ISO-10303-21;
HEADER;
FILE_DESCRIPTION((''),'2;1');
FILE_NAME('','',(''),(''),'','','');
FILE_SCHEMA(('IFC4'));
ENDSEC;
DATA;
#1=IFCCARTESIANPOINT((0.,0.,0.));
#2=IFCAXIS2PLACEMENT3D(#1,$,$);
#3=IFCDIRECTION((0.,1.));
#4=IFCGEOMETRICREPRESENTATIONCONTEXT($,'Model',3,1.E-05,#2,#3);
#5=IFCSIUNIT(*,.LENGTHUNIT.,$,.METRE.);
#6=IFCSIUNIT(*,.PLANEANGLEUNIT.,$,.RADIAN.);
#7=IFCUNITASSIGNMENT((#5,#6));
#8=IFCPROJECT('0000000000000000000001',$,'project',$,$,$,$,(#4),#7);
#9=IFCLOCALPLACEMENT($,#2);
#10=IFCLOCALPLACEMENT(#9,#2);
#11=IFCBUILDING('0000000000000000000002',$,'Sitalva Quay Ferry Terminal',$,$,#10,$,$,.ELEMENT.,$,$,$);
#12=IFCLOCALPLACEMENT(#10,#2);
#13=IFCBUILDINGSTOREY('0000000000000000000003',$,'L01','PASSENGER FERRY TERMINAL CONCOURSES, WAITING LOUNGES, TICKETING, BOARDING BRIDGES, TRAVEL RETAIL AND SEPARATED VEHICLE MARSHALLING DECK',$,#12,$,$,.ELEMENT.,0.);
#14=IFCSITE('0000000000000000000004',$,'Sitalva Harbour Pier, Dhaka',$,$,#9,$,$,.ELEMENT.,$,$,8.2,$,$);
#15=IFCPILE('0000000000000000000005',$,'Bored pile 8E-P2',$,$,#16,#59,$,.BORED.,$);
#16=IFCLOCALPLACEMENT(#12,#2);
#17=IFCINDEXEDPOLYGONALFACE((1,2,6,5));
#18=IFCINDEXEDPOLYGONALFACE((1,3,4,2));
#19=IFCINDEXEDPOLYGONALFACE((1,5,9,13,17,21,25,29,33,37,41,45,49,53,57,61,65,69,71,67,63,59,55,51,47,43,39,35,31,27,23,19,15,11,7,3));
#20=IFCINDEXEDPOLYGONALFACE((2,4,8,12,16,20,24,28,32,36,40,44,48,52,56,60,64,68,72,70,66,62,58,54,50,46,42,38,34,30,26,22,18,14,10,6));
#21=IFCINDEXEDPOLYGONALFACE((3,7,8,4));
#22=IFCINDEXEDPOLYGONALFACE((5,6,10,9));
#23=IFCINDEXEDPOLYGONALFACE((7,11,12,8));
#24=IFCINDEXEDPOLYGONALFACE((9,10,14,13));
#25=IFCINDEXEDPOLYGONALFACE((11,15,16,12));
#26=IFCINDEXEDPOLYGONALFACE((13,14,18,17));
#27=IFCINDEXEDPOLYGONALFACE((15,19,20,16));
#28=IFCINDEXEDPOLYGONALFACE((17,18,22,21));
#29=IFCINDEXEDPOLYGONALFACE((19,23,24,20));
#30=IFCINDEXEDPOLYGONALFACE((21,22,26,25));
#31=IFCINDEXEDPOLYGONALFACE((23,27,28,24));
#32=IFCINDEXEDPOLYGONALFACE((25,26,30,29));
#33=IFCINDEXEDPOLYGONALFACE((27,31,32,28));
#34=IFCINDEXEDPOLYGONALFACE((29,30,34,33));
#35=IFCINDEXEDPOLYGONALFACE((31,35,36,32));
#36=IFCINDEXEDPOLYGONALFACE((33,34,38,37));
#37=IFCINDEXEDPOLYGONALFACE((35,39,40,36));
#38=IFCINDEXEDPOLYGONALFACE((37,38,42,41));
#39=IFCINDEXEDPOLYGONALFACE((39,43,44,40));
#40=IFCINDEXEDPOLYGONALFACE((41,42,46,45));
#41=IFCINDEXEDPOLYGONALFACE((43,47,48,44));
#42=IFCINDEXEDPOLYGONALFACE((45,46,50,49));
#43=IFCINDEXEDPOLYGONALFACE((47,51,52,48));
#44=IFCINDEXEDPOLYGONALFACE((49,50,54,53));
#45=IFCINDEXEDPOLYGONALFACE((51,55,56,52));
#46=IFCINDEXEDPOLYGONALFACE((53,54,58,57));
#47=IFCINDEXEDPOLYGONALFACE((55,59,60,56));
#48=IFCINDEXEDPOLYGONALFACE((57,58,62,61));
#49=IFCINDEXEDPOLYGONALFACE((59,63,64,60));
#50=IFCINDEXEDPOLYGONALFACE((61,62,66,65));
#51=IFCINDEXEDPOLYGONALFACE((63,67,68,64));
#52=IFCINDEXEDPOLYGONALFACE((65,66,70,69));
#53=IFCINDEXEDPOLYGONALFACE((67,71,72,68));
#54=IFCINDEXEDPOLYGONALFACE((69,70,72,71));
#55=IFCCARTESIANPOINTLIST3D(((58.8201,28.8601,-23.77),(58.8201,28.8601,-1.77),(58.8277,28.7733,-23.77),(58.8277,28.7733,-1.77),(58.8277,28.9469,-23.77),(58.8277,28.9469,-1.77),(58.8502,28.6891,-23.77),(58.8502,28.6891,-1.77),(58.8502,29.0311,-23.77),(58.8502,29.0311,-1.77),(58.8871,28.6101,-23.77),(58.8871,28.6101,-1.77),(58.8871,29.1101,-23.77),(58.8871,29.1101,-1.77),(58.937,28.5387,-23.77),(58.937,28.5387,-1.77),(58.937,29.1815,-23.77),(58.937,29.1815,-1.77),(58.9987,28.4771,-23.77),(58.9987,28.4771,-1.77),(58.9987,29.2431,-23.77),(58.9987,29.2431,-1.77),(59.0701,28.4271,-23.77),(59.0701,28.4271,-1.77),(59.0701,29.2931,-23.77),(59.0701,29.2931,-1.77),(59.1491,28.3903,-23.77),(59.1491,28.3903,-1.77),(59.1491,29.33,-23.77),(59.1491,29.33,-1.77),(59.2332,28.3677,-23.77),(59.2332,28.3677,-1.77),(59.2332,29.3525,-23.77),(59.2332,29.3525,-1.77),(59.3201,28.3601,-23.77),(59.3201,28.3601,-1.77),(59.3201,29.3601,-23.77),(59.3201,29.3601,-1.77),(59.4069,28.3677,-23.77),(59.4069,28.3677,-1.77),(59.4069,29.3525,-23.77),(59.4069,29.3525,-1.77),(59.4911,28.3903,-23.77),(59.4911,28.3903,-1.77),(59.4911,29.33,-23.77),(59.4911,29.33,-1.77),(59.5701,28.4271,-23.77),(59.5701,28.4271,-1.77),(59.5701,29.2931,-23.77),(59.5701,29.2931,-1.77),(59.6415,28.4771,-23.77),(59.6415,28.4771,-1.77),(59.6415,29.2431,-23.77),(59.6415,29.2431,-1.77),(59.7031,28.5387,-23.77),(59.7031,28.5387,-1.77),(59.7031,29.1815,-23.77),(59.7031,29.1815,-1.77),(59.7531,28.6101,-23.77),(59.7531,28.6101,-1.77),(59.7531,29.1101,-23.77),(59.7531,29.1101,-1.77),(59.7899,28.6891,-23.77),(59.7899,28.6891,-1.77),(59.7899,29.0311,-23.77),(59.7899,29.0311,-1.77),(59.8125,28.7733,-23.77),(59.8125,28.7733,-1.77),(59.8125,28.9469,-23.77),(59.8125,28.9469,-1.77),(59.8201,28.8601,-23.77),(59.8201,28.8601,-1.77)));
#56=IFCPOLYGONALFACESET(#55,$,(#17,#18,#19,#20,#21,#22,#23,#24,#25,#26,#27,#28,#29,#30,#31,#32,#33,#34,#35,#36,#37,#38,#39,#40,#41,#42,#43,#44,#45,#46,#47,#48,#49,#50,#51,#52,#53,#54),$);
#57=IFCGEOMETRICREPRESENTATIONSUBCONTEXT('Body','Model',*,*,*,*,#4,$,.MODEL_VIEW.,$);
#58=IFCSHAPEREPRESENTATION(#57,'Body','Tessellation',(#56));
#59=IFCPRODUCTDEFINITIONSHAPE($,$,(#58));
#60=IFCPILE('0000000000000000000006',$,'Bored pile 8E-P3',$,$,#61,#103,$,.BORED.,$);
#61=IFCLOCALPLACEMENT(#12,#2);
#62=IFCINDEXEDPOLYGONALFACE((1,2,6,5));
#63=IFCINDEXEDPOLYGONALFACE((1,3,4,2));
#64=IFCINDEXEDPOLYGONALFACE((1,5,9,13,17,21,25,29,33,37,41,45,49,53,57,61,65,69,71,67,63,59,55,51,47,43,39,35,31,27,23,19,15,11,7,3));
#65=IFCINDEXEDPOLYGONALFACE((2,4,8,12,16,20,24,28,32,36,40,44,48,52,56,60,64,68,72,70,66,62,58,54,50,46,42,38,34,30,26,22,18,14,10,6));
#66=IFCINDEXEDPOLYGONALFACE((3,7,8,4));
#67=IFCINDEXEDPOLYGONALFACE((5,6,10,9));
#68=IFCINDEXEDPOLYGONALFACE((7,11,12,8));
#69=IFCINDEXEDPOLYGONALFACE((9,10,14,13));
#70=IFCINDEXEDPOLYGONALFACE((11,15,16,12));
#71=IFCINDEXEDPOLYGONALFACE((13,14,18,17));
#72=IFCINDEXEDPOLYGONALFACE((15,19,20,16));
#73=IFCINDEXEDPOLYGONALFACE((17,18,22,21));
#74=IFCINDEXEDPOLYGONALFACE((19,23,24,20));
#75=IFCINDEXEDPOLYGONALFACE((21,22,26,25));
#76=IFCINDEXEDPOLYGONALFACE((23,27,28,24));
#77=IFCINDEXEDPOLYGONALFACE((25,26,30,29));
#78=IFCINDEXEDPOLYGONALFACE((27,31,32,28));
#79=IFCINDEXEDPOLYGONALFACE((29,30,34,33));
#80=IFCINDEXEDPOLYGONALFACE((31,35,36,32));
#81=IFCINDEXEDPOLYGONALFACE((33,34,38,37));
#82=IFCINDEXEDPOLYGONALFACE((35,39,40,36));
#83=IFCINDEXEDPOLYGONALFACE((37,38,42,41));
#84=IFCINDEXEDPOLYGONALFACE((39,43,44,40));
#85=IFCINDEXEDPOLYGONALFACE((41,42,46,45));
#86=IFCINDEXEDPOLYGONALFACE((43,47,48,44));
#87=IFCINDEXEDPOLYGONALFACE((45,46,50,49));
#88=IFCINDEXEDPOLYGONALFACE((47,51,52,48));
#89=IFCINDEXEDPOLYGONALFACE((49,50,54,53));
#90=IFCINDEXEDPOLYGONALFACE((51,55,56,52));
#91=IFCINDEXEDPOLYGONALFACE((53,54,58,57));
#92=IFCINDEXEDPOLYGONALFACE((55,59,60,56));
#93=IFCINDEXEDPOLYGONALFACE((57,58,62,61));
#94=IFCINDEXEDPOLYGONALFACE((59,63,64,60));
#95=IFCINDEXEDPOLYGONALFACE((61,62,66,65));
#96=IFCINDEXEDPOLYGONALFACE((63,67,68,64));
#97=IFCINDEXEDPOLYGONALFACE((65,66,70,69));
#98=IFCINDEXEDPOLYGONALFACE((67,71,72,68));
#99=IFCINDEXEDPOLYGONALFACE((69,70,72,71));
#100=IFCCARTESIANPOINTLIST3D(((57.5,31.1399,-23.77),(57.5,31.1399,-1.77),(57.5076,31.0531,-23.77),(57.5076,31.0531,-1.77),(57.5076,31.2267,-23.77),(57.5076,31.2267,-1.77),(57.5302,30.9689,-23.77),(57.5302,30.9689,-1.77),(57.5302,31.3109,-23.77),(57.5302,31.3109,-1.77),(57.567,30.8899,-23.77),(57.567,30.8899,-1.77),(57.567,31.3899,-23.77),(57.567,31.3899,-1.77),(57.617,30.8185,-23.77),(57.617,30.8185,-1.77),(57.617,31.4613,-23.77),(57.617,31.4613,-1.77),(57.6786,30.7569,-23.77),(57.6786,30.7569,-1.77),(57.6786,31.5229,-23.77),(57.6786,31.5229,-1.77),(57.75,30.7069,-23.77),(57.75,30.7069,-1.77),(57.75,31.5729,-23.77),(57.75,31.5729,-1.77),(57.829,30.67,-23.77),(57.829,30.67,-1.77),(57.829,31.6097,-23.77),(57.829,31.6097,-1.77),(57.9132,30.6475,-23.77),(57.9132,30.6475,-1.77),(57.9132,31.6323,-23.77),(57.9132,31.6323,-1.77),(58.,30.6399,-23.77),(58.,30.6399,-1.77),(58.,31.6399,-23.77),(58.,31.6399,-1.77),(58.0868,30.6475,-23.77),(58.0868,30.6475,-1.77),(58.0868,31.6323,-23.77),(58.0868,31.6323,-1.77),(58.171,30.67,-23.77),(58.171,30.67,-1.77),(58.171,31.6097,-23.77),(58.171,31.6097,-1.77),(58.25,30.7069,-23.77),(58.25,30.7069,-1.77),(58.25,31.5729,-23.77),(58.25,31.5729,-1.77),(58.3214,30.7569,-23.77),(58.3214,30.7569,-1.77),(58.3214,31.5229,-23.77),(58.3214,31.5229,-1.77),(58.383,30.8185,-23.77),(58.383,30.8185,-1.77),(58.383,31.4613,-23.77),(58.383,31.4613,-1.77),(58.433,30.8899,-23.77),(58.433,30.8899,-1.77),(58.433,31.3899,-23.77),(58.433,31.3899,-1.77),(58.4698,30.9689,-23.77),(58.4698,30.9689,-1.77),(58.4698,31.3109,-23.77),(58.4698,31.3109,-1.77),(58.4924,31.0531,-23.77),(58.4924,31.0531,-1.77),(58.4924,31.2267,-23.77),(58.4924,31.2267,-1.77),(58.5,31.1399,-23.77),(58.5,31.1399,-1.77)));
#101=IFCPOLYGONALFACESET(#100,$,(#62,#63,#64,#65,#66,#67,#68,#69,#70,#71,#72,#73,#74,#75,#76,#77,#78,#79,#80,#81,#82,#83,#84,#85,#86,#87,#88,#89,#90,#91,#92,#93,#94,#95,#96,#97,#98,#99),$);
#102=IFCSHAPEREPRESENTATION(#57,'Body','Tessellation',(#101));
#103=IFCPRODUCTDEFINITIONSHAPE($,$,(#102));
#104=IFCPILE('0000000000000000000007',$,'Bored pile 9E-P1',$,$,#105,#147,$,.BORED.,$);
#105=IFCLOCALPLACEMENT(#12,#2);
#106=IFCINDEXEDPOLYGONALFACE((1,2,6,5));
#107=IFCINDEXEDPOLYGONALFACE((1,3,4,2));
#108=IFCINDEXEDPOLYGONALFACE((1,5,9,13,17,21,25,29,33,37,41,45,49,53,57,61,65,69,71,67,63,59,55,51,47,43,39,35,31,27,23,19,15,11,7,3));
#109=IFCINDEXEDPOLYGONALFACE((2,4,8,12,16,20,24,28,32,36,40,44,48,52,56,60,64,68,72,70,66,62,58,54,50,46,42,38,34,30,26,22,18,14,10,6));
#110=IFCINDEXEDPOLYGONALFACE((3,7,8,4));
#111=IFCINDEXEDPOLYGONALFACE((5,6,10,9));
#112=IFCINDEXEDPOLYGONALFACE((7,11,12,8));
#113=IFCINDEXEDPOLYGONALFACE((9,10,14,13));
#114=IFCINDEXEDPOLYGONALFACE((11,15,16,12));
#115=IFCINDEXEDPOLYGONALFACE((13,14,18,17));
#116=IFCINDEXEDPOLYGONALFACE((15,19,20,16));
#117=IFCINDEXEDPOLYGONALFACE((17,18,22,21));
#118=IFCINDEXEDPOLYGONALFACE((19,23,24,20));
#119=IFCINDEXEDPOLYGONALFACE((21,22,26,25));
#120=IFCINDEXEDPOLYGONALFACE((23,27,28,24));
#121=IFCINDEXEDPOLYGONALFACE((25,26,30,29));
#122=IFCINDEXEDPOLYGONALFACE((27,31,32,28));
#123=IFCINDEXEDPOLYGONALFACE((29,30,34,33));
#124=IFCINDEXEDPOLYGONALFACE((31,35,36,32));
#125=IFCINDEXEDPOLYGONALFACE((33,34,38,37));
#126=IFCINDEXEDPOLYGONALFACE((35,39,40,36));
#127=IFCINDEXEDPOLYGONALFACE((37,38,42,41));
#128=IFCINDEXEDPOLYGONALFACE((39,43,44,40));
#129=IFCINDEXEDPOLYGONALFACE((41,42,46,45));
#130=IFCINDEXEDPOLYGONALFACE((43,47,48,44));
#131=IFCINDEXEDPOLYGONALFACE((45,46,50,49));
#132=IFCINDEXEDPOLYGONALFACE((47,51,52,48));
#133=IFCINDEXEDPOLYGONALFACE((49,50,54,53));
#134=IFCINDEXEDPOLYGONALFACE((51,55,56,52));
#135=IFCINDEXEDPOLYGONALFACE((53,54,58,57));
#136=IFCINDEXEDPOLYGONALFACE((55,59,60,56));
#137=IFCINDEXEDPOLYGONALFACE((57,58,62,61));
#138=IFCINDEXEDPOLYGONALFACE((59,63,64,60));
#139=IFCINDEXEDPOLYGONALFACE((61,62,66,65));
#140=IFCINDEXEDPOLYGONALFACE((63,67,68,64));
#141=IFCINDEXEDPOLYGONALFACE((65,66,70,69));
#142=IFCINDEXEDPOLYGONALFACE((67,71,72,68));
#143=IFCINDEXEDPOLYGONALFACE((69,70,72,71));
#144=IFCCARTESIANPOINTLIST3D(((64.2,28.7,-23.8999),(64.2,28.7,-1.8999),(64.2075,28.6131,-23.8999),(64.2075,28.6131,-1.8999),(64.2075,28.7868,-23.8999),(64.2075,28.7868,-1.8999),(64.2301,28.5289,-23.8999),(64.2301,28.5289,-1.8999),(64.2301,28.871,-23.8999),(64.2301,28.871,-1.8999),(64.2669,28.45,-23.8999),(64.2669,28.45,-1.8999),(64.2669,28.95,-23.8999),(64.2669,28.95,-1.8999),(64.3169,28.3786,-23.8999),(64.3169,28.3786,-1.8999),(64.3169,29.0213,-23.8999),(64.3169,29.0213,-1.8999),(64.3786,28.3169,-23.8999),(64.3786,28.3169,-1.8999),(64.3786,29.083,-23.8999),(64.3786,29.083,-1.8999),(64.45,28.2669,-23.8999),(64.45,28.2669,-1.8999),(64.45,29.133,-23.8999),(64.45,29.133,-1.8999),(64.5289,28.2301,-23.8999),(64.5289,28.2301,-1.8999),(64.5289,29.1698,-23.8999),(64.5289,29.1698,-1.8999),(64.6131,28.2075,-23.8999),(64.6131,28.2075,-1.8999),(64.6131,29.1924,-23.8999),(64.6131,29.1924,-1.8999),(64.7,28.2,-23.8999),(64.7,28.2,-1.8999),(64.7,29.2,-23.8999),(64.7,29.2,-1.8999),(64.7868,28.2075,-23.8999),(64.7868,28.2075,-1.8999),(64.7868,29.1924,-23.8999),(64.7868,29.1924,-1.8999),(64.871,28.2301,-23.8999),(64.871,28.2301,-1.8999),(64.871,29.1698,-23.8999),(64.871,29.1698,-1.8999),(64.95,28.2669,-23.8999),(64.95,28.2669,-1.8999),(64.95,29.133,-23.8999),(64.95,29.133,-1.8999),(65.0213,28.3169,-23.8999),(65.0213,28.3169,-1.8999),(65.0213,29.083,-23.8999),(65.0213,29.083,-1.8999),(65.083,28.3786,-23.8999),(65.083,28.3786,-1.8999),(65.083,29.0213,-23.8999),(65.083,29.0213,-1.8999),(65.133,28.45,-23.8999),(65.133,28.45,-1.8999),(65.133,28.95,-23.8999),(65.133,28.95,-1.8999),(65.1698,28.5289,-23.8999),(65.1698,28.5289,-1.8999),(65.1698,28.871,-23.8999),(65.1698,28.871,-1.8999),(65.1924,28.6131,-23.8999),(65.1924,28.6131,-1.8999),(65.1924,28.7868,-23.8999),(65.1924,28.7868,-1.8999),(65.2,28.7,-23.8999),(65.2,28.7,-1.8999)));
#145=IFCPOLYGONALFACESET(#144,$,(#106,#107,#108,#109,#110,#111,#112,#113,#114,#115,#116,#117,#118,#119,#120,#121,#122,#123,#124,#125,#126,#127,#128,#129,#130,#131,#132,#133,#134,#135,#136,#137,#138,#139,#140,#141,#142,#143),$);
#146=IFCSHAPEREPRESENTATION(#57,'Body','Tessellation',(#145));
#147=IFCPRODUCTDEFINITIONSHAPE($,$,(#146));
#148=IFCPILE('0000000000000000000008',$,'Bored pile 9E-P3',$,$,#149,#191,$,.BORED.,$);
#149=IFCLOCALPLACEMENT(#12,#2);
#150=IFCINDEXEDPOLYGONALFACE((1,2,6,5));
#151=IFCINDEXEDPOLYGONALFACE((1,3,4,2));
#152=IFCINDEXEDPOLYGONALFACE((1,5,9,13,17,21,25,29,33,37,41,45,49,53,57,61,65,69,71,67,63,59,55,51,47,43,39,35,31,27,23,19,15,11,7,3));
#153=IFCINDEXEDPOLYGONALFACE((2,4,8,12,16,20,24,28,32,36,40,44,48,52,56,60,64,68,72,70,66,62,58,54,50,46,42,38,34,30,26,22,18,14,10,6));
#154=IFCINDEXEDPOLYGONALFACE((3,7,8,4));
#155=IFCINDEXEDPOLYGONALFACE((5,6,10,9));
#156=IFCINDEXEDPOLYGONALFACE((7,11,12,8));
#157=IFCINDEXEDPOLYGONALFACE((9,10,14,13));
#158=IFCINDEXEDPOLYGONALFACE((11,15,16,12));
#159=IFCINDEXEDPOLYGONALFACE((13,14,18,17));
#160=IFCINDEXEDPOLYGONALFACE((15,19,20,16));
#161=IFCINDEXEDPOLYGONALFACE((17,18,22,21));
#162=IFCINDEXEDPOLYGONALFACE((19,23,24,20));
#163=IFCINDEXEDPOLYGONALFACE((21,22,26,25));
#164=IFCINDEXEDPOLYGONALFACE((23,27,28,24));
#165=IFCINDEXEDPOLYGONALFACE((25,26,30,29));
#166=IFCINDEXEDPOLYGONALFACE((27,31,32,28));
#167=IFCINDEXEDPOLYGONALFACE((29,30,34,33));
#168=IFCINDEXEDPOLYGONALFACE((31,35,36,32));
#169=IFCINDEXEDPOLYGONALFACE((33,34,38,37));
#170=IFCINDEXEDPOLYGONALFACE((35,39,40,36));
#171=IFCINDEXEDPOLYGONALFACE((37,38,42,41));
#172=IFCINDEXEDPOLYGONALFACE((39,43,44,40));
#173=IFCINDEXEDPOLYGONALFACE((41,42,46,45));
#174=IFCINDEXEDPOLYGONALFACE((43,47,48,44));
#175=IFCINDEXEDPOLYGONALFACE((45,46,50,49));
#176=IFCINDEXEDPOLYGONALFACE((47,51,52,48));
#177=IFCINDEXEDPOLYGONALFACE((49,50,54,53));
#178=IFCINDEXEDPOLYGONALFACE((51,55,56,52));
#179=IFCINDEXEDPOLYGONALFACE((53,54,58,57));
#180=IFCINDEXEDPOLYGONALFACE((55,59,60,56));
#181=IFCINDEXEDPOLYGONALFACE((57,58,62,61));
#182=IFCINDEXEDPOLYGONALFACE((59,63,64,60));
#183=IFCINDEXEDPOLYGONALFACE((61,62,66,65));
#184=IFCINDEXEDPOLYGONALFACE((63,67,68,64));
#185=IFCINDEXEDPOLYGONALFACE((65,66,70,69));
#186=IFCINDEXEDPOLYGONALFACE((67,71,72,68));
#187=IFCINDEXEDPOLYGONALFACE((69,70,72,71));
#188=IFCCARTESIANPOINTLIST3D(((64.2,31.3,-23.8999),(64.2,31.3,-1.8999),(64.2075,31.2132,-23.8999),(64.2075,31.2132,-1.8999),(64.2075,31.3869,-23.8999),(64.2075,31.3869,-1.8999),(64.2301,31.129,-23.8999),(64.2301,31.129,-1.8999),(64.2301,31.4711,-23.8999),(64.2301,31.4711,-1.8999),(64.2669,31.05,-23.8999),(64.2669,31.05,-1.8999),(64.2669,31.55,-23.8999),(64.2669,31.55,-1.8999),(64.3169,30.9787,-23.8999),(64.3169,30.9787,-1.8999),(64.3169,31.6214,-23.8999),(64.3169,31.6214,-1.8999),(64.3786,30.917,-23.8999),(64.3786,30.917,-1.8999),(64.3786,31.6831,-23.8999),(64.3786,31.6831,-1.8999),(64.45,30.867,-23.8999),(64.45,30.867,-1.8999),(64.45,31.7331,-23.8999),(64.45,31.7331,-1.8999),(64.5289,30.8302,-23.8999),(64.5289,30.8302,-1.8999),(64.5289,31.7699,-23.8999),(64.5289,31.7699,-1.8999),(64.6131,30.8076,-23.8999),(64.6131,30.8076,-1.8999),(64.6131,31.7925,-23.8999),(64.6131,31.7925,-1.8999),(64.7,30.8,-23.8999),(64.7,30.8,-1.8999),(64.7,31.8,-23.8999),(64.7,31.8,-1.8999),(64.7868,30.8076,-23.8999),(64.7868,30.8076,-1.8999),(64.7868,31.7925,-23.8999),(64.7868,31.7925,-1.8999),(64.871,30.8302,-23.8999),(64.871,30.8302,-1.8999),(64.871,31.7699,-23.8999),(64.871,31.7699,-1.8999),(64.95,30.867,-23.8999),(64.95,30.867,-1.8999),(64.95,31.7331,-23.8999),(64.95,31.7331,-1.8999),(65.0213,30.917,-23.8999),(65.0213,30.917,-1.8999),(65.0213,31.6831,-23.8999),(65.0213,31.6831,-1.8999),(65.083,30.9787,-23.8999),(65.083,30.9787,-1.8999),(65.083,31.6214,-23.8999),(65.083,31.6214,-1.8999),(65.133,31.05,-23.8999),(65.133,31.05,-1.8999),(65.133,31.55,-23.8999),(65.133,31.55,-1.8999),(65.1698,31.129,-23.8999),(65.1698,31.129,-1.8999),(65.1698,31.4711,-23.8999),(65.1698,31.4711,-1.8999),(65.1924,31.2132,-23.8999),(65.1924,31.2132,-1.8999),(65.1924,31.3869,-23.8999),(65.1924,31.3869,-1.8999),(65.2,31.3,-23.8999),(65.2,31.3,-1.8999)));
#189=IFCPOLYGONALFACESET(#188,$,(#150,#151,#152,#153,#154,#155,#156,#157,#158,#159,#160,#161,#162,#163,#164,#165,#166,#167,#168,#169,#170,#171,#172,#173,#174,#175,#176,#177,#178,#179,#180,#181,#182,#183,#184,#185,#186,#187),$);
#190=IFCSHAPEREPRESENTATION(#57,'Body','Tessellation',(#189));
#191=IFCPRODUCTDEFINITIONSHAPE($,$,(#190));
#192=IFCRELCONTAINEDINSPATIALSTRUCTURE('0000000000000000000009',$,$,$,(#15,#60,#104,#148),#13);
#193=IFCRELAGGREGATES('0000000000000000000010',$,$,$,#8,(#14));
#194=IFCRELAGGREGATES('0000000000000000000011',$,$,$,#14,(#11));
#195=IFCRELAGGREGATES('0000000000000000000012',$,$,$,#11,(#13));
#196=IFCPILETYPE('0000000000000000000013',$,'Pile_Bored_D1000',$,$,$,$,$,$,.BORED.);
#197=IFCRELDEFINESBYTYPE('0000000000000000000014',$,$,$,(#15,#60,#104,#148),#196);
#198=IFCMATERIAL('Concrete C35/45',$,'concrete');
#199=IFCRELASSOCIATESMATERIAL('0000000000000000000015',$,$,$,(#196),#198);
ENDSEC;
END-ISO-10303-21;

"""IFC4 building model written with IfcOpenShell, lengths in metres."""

from ifc_helpers import new_model, si_unit, direction, frame, origin, origin_2d, place, context, subcontext, project, spatial, circle, extrude, material, material_profile, profile_set, type_object, element, save


model = new_model("IFC4")

# Units and contexts
model_context = context("Model", 3, precision=1e-05, world=origin(), true_north=direction((0.0, 1.0)))
body_context = subcontext(model_context, "Body", "Model", "MODEL_VIEW")
ifc_project = project(units=[si_unit("LENGTHUNIT", "METRE"), si_unit("PLANEANGLEUNIT", "RADIAN")], contexts=[model_context])

# Site, building, storey
site_placement = place(None, origin())
site = spatial("IfcSite", under=ifc_project, at=site_placement, Name="Sitalva Harbour Pier, Dhaka", CompositionType="ELEMENT", RefElevation=8.2)
building_placement = place(site_placement, origin())
building = spatial("IfcBuilding", under=site, at=building_placement, Name="Sitalva Quay Ferry Terminal", CompositionType="ELEMENT")
storey_placement = place(building_placement, origin())
storey = spatial("IfcBuildingStorey", under=building, at=storey_placement, Name="L01", Description="PASSENGER FERRY TERMINAL CONCOURSES, WAITING LOUNGES, TICKETING, BOARDING BRIDGES, TRAVEL RETAIL AND SEPARATED VEHICLE MARSHALLING DECK", CompositionType="ELEMENT", Elevation=0.0)

# Piles
ifc_material_1 = material(Name="Concrete C35/45", Category="concrete")
ifc_material_profile_1 = material_profile(ifc_material_1, circle(Radius=0.5, at=origin_2d()), Name="PILE-D1000")
ifc_profile_set_1 = profile_set([ifc_material_profile_1], Name="Concrete C35/45")
pile_type = type_object("IfcPileType", Name="Pile_Bored_D1000", PredefinedType="BORED", material=ifc_profile_set_1)
for number, where, z_axis, x_axis, name in (
    (1, (59.3201, 28.8601, -1.77), (0.0, 0.0, -1.0), (1.0, 0.0, 0.0), "Bored pile 8E-P2"),
    (2, (58.0, 31.1399, -1.77), (0.0, 0.0, -1.0), (1.0, 0.0, 0.0), "Bored pile 8E-P3"),
    (3, (64.7, 28.7, -1.8999), (0.0, 0.0, -1.0), (1.0, 0.0, 0.0), "Bored pile 9E-P1"),
    (4, (64.7, 31.3, -1.8999), (0.0, 0.0, -1.0), (1.0, 0.0, 0.0), "Bored pile 9E-P3"),
):
    element("IfcPile", number, at=place(storey_placement, frame(where, z_axis=z_axis, x_axis=x_axis)), inside=storey, type_object=pile_type, Name=name, PredefinedType="BORED", context=body_context, shape_type="SweptSolid", body=[
        extrude(circle(Radius=0.5, at=origin_2d()), origin(), (0.0, 0.0, 1.0), 22.0),
    ])

save(model, "model.ifc")
